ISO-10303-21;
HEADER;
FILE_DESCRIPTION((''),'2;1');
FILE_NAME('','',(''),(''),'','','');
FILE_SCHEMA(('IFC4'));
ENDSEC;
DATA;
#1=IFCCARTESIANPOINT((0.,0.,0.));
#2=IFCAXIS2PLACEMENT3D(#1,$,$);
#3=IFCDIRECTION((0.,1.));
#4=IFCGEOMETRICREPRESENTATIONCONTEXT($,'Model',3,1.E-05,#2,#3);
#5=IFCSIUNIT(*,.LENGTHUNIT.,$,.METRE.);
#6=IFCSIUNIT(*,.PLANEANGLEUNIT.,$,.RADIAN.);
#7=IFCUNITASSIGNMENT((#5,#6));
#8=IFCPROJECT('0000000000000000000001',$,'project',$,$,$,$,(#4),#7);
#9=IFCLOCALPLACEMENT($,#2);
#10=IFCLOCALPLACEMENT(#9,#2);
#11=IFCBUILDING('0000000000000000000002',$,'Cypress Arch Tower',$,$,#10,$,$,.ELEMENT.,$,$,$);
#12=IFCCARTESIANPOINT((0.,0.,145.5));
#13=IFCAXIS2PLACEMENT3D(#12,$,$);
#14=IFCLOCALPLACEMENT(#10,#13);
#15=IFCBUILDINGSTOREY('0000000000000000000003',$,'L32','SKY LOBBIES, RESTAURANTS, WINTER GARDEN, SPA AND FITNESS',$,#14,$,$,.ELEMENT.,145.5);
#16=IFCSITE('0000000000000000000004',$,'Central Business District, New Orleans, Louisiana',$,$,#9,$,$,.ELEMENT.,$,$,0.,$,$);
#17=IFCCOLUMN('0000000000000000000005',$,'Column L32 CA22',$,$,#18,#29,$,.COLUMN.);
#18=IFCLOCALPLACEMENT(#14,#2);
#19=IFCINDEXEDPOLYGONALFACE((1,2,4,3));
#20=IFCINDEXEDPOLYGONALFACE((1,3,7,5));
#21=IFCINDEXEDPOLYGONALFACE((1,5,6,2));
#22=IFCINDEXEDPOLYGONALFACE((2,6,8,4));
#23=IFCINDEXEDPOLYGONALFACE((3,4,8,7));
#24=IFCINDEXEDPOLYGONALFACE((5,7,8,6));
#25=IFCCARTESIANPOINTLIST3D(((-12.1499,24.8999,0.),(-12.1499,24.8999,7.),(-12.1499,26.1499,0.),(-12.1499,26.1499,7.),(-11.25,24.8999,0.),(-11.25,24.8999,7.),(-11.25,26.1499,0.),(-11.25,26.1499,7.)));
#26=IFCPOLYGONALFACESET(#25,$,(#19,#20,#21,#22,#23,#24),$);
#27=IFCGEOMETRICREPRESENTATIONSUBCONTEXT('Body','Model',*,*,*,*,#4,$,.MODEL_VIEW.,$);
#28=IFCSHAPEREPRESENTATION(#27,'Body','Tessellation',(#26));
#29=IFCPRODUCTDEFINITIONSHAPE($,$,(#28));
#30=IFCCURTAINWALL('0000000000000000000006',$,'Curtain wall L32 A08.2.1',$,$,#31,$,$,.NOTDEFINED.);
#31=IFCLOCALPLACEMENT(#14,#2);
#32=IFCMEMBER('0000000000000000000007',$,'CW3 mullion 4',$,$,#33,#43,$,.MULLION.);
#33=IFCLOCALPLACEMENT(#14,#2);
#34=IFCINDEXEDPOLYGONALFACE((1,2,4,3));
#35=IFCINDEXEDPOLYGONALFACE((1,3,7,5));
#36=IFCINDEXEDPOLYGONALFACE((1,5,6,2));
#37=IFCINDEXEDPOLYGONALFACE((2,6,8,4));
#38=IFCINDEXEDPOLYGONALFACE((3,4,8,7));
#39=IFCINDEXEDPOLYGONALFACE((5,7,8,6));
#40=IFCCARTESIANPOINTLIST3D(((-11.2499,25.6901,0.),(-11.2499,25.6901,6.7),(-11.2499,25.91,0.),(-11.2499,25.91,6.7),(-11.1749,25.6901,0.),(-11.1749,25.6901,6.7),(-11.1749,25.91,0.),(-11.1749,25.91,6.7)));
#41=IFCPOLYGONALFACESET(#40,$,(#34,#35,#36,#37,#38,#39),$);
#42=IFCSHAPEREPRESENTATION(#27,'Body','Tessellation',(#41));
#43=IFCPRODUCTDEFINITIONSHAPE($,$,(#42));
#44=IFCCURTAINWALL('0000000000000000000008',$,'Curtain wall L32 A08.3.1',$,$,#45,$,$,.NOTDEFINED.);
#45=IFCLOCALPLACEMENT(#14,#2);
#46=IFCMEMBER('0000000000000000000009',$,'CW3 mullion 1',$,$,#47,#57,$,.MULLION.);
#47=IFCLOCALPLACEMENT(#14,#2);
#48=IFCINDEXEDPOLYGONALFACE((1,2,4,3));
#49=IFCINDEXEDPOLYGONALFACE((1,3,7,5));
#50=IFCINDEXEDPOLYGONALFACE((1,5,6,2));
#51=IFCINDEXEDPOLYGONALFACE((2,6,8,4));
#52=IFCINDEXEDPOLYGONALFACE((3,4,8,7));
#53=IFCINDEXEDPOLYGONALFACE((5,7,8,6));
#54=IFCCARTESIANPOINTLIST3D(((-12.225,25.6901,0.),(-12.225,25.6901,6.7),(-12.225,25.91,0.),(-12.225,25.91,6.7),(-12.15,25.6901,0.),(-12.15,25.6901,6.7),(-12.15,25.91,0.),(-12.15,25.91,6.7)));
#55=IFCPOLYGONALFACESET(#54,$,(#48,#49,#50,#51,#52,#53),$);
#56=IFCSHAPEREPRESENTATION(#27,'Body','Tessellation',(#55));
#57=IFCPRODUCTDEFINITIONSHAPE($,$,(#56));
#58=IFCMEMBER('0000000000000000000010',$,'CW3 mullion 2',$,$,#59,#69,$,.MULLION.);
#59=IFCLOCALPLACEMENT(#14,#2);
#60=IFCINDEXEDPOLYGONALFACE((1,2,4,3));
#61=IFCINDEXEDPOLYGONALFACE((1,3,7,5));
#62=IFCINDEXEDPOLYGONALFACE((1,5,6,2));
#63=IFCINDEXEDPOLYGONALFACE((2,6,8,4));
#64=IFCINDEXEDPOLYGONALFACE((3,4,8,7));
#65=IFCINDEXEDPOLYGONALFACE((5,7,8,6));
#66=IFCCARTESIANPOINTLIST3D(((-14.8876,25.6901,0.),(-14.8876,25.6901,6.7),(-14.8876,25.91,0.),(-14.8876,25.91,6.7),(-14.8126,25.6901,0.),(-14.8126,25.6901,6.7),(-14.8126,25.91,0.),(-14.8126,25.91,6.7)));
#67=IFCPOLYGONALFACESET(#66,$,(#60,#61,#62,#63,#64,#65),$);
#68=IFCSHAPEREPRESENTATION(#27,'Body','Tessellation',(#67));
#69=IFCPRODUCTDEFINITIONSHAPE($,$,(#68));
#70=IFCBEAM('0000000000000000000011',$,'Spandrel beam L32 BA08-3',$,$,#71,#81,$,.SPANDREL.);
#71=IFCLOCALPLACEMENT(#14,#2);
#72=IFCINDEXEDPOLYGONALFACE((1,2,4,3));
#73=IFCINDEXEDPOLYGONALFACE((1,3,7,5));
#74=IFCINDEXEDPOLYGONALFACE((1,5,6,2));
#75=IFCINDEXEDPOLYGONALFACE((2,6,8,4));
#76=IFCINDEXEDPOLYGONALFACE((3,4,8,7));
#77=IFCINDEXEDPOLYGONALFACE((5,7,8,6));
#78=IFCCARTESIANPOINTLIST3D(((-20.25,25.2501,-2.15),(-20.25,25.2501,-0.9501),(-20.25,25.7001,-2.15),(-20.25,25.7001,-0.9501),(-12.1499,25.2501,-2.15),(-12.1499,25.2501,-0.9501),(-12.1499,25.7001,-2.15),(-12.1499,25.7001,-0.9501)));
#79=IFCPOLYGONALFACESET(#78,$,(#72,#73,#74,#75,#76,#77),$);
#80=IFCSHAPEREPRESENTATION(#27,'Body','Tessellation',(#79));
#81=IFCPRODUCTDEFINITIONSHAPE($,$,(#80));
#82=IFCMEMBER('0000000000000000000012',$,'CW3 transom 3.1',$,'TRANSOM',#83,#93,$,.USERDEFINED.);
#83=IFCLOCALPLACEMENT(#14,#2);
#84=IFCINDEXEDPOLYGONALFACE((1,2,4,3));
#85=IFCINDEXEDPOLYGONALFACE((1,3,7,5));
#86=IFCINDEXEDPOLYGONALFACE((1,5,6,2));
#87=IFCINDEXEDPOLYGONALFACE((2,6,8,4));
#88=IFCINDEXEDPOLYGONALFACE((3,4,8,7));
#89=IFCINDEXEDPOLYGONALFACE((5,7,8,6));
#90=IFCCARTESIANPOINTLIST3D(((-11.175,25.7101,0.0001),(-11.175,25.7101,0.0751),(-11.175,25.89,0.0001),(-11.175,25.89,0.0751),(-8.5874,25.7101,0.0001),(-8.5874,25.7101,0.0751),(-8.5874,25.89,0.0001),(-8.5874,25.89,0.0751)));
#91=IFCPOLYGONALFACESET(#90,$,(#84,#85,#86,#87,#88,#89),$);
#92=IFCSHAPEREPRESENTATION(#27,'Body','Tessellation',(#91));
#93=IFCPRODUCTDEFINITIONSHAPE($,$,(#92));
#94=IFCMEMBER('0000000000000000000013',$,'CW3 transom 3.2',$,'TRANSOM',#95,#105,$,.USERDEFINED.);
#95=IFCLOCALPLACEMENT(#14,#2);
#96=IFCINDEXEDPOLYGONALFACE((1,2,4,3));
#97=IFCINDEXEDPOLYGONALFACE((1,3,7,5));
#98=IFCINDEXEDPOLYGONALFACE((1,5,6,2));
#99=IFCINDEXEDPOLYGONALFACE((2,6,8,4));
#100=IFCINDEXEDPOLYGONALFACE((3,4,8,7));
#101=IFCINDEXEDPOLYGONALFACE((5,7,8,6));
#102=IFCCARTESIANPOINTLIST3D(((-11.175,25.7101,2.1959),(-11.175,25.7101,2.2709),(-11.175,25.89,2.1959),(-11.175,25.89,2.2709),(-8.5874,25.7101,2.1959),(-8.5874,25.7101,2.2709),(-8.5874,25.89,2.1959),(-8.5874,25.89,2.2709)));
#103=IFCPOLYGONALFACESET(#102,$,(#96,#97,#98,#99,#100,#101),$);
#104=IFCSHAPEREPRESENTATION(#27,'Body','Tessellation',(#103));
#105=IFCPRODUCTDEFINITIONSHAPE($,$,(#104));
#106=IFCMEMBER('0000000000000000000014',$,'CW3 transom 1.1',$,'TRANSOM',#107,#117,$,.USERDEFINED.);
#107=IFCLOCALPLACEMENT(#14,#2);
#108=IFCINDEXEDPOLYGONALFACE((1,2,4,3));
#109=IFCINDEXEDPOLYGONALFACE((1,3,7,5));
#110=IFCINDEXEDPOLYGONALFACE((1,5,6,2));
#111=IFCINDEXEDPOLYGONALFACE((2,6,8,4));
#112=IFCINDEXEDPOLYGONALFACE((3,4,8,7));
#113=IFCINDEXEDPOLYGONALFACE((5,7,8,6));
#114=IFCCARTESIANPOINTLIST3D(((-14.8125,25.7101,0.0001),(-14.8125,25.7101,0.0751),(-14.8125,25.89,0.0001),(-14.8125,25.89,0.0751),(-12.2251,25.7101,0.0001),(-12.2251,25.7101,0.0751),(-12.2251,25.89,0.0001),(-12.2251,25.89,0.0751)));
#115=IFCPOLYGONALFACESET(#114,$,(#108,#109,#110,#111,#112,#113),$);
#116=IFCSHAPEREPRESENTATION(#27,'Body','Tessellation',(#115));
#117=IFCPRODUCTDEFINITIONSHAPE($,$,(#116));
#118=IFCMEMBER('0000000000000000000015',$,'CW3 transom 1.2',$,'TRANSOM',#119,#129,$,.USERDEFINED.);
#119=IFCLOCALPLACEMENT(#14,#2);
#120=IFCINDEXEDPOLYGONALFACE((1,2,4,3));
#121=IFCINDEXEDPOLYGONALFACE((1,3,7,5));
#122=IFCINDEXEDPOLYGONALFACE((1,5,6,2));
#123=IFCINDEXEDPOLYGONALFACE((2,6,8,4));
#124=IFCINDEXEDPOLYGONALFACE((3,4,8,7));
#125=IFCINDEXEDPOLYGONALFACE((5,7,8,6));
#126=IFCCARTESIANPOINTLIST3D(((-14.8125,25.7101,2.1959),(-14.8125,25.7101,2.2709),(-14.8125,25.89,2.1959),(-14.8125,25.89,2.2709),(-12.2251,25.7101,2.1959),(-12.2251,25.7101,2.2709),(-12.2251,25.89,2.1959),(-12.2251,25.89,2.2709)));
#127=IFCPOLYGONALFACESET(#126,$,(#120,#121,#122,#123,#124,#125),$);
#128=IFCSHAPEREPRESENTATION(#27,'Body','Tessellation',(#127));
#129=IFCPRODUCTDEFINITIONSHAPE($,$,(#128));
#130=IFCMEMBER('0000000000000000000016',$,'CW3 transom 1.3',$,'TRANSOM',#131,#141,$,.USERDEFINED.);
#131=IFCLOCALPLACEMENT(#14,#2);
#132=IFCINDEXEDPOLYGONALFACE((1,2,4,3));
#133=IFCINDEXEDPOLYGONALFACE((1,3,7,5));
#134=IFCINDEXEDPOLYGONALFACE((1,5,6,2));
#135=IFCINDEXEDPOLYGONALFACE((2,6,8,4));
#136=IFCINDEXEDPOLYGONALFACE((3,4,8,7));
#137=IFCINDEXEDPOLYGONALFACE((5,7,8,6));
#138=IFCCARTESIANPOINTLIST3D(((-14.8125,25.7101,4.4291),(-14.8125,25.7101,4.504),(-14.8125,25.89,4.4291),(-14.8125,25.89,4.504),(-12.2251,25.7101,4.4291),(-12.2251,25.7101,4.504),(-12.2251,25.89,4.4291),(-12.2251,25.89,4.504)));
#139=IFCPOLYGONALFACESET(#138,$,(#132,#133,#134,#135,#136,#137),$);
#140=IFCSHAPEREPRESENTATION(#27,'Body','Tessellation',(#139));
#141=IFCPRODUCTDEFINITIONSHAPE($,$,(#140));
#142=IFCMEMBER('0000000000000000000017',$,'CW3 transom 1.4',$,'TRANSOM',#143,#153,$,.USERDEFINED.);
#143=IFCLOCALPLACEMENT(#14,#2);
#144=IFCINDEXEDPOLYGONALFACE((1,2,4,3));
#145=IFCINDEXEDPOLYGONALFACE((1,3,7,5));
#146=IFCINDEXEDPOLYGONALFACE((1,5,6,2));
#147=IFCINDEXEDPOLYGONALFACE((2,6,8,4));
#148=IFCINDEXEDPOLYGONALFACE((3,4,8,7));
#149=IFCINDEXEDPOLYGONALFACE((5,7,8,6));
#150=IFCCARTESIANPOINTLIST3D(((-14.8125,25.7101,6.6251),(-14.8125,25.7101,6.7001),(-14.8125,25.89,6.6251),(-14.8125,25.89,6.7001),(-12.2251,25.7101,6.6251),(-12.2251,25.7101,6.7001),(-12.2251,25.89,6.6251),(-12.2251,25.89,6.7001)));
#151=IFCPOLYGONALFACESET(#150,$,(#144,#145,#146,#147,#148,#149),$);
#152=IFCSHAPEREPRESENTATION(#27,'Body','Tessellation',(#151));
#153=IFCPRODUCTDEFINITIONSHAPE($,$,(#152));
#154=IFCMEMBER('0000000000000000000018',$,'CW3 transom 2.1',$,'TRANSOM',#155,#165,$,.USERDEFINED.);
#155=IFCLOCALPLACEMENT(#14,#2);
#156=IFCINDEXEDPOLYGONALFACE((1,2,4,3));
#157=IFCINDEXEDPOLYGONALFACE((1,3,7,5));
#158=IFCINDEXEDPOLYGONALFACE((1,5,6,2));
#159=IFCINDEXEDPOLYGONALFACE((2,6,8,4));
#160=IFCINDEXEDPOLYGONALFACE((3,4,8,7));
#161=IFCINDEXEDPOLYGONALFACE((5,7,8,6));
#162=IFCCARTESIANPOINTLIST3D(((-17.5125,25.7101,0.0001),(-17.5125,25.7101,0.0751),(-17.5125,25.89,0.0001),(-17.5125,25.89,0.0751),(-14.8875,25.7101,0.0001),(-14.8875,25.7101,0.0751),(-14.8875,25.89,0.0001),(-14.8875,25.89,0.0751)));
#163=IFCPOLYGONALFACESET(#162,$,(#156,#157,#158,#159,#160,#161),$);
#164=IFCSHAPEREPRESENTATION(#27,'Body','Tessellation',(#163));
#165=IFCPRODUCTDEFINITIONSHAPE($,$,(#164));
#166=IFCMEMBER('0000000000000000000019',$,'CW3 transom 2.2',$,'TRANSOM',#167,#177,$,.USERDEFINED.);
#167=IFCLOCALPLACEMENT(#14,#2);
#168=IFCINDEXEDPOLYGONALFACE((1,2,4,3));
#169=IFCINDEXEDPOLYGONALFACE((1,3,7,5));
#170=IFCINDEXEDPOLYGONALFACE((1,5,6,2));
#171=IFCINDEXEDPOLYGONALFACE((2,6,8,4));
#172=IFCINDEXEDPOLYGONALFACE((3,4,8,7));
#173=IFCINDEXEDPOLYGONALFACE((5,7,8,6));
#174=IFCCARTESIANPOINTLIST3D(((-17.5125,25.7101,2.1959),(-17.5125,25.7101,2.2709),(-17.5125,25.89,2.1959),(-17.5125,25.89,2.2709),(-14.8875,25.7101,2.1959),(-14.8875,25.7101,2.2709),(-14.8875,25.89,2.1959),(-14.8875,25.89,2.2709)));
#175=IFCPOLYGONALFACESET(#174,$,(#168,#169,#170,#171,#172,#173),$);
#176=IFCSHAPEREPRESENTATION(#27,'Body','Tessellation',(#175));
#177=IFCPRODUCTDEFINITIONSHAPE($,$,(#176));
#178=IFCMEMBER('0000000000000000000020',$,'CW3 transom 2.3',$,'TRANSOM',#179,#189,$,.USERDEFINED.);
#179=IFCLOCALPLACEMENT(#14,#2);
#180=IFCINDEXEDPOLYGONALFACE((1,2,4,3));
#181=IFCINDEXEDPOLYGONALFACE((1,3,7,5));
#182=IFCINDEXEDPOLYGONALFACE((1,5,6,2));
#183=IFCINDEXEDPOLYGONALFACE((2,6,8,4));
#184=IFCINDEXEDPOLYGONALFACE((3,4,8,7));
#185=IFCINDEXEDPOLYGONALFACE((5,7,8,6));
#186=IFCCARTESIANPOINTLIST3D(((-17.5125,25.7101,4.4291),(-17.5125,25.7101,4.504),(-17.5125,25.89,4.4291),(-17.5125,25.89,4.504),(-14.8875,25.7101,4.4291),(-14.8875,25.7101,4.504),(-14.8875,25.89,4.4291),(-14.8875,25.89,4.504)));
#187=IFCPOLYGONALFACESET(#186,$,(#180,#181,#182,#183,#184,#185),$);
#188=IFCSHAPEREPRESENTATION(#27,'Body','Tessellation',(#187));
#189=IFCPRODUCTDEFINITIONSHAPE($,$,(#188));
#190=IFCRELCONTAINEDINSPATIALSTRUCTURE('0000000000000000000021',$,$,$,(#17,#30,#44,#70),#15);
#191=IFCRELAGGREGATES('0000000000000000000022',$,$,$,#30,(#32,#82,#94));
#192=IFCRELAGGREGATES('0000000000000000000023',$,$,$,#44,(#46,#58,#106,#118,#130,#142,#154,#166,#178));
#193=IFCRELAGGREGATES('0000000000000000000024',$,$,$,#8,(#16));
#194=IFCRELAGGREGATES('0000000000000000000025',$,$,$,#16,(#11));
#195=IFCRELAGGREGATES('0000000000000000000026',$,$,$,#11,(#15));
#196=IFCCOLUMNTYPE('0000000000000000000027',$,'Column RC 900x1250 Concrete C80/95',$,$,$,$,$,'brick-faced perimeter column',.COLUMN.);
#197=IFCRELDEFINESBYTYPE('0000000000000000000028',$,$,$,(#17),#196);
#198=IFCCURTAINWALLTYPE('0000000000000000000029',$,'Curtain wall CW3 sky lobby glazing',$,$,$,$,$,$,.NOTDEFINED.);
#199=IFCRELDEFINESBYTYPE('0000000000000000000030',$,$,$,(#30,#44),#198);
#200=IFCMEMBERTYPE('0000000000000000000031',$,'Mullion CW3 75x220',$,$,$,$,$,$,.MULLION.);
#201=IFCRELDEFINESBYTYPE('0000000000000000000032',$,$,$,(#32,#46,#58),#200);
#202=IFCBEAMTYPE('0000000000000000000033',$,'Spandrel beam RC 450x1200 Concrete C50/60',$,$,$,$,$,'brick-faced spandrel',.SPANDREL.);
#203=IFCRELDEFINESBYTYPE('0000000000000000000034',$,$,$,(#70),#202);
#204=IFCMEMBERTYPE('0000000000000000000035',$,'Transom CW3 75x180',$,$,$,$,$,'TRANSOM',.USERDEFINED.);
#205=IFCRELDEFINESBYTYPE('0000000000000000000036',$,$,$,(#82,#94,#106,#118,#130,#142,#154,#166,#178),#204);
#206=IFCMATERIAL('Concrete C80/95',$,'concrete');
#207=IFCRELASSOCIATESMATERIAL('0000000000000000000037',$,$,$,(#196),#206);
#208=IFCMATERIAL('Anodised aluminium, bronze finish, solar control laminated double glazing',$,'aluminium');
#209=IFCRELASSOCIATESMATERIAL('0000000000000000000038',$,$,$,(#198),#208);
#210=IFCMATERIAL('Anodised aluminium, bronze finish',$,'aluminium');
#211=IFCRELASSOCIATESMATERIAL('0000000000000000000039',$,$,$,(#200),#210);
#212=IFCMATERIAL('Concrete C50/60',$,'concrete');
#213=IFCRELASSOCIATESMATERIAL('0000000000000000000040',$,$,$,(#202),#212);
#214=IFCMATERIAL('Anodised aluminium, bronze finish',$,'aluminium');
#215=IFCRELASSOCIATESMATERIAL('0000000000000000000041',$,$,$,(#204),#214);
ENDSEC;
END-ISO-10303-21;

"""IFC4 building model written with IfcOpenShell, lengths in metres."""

from ifc_helpers import new_model, si_unit, direction, frame, origin, origin_2d, place, context, subcontext, project, spatial, rectangle, extrude, material, material_profile, profile_set, type_object, element, aggregate, save


model = new_model("IFC4")

# Units and contexts
model_context = context("Model", 3, precision=1e-05, world=origin(), true_north=direction((0.0, 1.0)))
body_context = subcontext(model_context, "Body", "Model", "MODEL_VIEW")
ifc_project = project(units=[si_unit("LENGTHUNIT", "METRE"), si_unit("PLANEANGLEUNIT", "RADIAN")], contexts=[model_context])

# Site, building, storey
site_placement = place(None, origin())
site = spatial("IfcSite", under=ifc_project, at=site_placement, Name="Central Business District, New Orleans, Louisiana", CompositionType="ELEMENT", RefElevation=0.0)
building_placement = place(site_placement, origin())
building = spatial("IfcBuilding", under=site, at=building_placement, Name="Cypress Arch Tower", CompositionType="ELEMENT")
storey_placement = place(building_placement, frame((0.0, 0.0, 145.5)))
storey = spatial("IfcBuildingStorey", under=building, at=storey_placement, Name="L32", Description="SKY LOBBIES, RESTAURANTS, WINTER GARDEN, SPA AND FITNESS", CompositionType="ELEMENT", Elevation=145.5)

# Column
ifc_material_1 = material(Name="Concrete C80/95", Category="concrete")
ifc_material_profile_1 = material_profile(ifc_material_1, rectangle(XDim=0.8999, YDim=1.25, at=origin_2d()), Name="RC 900x1250")
ifc_profile_set_1 = profile_set([ifc_material_profile_1], Name="Concrete C80/95")
column_type = type_object("IfcColumnType", Name="Column RC 900x1250 Concrete C80/95", ElementType="brick-faced perimeter column", PredefinedType="COLUMN", material=ifc_profile_set_1)
column_placement = place(storey_placement, frame((-11.7, 25.5249, 0.0), z_axis=(0.0, 0.0, 1.0), x_axis=(-1.0, 0.0, 0.0)))
element("IfcColumn", 1, at=column_placement, inside=storey, type_object=column_type, Name="Column L32 CA22", PredefinedType="COLUMN", context=body_context, shape_type="SweptSolid", body=[
    extrude(rectangle(XDim=0.8999, YDim=1.25, at=origin_2d()), origin(), (0.0, 0.0, 1.0), 7.0),
])

# Curtain wall, member
ifc_material_2 = material(Name="Anodised aluminium, bronze finish, solar control laminated double glazing", Category="aluminium")
curtain_wall_type = type_object("IfcCurtainWallType", Name="Curtain wall CW3 sky lobby glazing", PredefinedType="NOTDEFINED", material=ifc_material_2)
curtain_wall_1_placement = place(storey_placement, origin())
curtain_wall_1 = element("IfcCurtainWall", 2, at=curtain_wall_1_placement, inside=storey, type_object=curtain_wall_type, Name="Curtain wall L32 A08.2.1", PredefinedType="NOTDEFINED")
ifc_material_3 = material(Name="Anodised aluminium, bronze finish", Category="aluminium")
ifc_material_profile_2 = material_profile(ifc_material_3, rectangle(XDim=0.22, YDim=0.075, at=origin_2d()), Name="Mullion 75x220")
ifc_profile_set_2 = profile_set([ifc_material_profile_2], Name="Anodised aluminium, bronze finish")
member_type_1 = type_object("IfcMemberType", Name="Mullion CW3 75x220", PredefinedType="MULLION", material=ifc_profile_set_2)
member_1_placement = place(storey_placement, frame((-11.2124, 25.8, 0.0), z_axis=(0.0, 0.0, 1.0), x_axis=(0.0, -1.0, 0.0)))
member_1 = element("IfcMember", 3, at=member_1_placement, type_object=member_type_1, Name="CW3 mullion 4", PredefinedType="MULLION", context=body_context, shape_type="SweptSolid", body=[
    extrude(rectangle(XDim=0.22, YDim=0.075, at=origin_2d()), origin(), (0.0, 0.0, 1.0), 6.7),
])

# Curtain wall, members
curtain_wall_2_placement = place(storey_placement, origin())
curtain_wall_2 = element("IfcCurtainWall", 4, at=curtain_wall_2_placement, inside=storey, type_object=curtain_wall_type, Name="Curtain wall L32 A08.3.1", PredefinedType="NOTDEFINED")
member_2_placement = place(storey_placement, frame((-12.1875, 25.8, 0.0), z_axis=(0.0, 0.0, 1.0), x_axis=(0.0, -1.0, 0.0)))
member_2 = element("IfcMember", 5, at=member_2_placement, type_object=member_type_1, Name="CW3 mullion 1", PredefinedType="MULLION", context=body_context, shape_type="SweptSolid", body=[
    extrude(rectangle(XDim=0.22, YDim=0.075, at=origin_2d()), origin(), (0.0, 0.0, 1.0), 6.7),
])
member_3_placement = place(storey_placement, frame((-14.8501, 25.8, 0.0), z_axis=(0.0, 0.0, 1.0), x_axis=(0.0, -1.0, 0.0)))
member_3 = element("IfcMember", 6, at=member_3_placement, type_object=member_type_1, Name="CW3 mullion 2", PredefinedType="MULLION", context=body_context, shape_type="SweptSolid", body=[
    extrude(rectangle(XDim=0.22, YDim=0.075, at=origin_2d()), origin(), (0.0, 0.0, 1.0), 6.7),
])

# Beam
ifc_material_4 = material(Name="Concrete C50/60", Category="concrete")
ifc_material_profile_3 = material_profile(ifc_material_4, rectangle(XDim=0.45, YDim=1.2, at=origin_2d()), Name="RC 450x1200")
ifc_profile_set_3 = profile_set([ifc_material_profile_3], Name="Concrete C50/60")
beam_type = type_object("IfcBeamType", Name="Spandrel beam RC 450x1200 Concrete C50/60", ElementType="brick-faced spandrel", PredefinedType="SPANDREL", material=ifc_profile_set_3)
beam_placement = place(storey_placement, frame((-12.1499, 25.4751, -1.55), z_axis=(-1.0, 0.0, 0.0), x_axis=(0.0, -1.0, 0.0)))
element("IfcBeam", 7, at=beam_placement, inside=storey, type_object=beam_type, Name="Spandrel beam L32 BA08-3", PredefinedType="SPANDREL", context=body_context, shape_type="SweptSolid", body=[
    extrude(rectangle(XDim=0.45, YDim=1.2, at=origin_2d()), origin(), (0.0, 0.0, 1.0), 8.1001),
])

# Members
ifc_material_5 = material(Name="Anodised aluminium, bronze finish", Category="aluminium")
ifc_material_profile_4 = material_profile(ifc_material_5, rectangle(XDim=0.1799, YDim=0.075, at=origin_2d()), Name="Transom 75x180")
ifc_profile_set_4 = profile_set([ifc_material_profile_4], Name="Anodised aluminium, bronze finish")
member_type_2 = type_object("IfcMemberType", Name="Transom CW3 75x180", ElementType="TRANSOM", PredefinedType="USERDEFINED", material=ifc_profile_set_4)
member_4_placement = place(storey_placement, frame((-8.5874, 25.8, 0.0376), z_axis=(-1.0, 0.0, 0.0), x_axis=(0.0, -1.0, 0.0)))
member_4 = element("IfcMember", 8, at=member_4_placement, type_object=member_type_2, Name="CW3 transom 3.1", ObjectType="TRANSOM", PredefinedType="USERDEFINED", context=body_context, shape_type="SweptSolid", body=[
    extrude(rectangle(XDim=0.1799, YDim=0.075, at=origin_2d()), origin(), (0.0, 0.0, 1.0), 2.5876),
])
member_5_placement = place(storey_placement, frame((-8.5874, 25.8, 2.2334), z_axis=(-1.0, 0.0, 0.0), x_axis=(0.0, -1.0, 0.0)))
member_5 = element("IfcMember", 9, at=member_5_placement, type_object=member_type_2, Name="CW3 transom 3.2", ObjectType="TRANSOM", PredefinedType="USERDEFINED", context=body_context, shape_type="SweptSolid", body=[
    extrude(rectangle(XDim=0.1799, YDim=0.075, at=origin_2d()), origin(), (0.0, 0.0, 1.0), 2.5876),
])
member_6_placement = place(storey_placement, frame((-12.2251, 25.8, 0.0376), z_axis=(-1.0, 0.0, 0.0), x_axis=(0.0, -1.0, 0.0)))
member_6 = element("IfcMember", 10, at=member_6_placement, type_object=member_type_2, Name="CW3 transom 1.1", ObjectType="TRANSOM", PredefinedType="USERDEFINED", context=body_context, shape_type="SweptSolid", body=[
    extrude(rectangle(XDim=0.1799, YDim=0.075, at=origin_2d()), origin(), (0.0, 0.0, 1.0), 2.5874),
])
member_7_placement = place(storey_placement, frame((-12.2251, 25.8, 2.2334), z_axis=(-1.0, 0.0, 0.0), x_axis=(0.0, -1.0, 0.0)))
member_7 = element("IfcMember", 11, at=member_7_placement, type_object=member_type_2, Name="CW3 transom 1.2", ObjectType="TRANSOM", PredefinedType="USERDEFINED", context=body_context, shape_type="SweptSolid", body=[
    extrude(rectangle(XDim=0.1799, YDim=0.075, at=origin_2d()), origin(), (0.0, 0.0, 1.0), 2.5874),
])
member_8_placement = place(storey_placement, frame((-12.2251, 25.8, 4.4666), z_axis=(-1.0, 0.0, 0.0), x_axis=(0.0, -1.0, 0.0)))
member_8 = element("IfcMember", 12, at=member_8_placement, type_object=member_type_2, Name="CW3 transom 1.3", ObjectType="TRANSOM", PredefinedType="USERDEFINED", context=body_context, shape_type="SweptSolid", body=[
    extrude(rectangle(XDim=0.1799, YDim=0.075, at=origin_2d()), origin(), (0.0, 0.0, 1.0), 2.5874),
])
member_9_placement = place(storey_placement, frame((-12.2251, 25.8, 6.6626), z_axis=(-1.0, 0.0, 0.0), x_axis=(0.0, -1.0, 0.0)))
member_9 = element("IfcMember", 13, at=member_9_placement, type_object=member_type_2, Name="CW3 transom 1.4", ObjectType="TRANSOM", PredefinedType="USERDEFINED", context=body_context, shape_type="SweptSolid", body=[
    extrude(rectangle(XDim=0.1799, YDim=0.075, at=origin_2d()), origin(), (0.0, 0.0, 1.0), 2.5874),
])
member_10_placement = place(storey_placement, frame((-14.8875, 25.8, 0.0376), z_axis=(-1.0, 0.0, 0.0), x_axis=(0.0, -1.0, 0.0)))
member_10 = element("IfcMember", 14, at=member_10_placement, type_object=member_type_2, Name="CW3 transom 2.1", ObjectType="TRANSOM", PredefinedType="USERDEFINED", context=body_context, shape_type="SweptSolid", body=[
    extrude(rectangle(XDim=0.1799, YDim=0.075, at=origin_2d()), origin(), (0.0, 0.0, 1.0), 2.625),
])
member_11_placement = place(storey_placement, frame((-14.8875, 25.8, 2.2334), z_axis=(-1.0, 0.0, 0.0), x_axis=(0.0, -1.0, 0.0)))
member_11 = element("IfcMember", 15, at=member_11_placement, type_object=member_type_2, Name="CW3 transom 2.2", ObjectType="TRANSOM", PredefinedType="USERDEFINED", context=body_context, shape_type="SweptSolid", body=[
    extrude(rectangle(XDim=0.1799, YDim=0.075, at=origin_2d()), origin(), (0.0, 0.0, 1.0), 2.625),
])
member_12_placement = place(storey_placement, frame((-14.8875, 25.8, 4.4666), z_axis=(-1.0, 0.0, 0.0), x_axis=(0.0, -1.0, 0.0)))
member_12 = element("IfcMember", 16, at=member_12_placement, type_object=member_type_2, Name="CW3 transom 2.3", ObjectType="TRANSOM", PredefinedType="USERDEFINED", context=body_context, shape_type="SweptSolid", body=[
    extrude(rectangle(XDim=0.1799, YDim=0.075, at=origin_2d()), origin(), (0.0, 0.0, 1.0), 2.625),
])

aggregate(curtain_wall_1, [member_1, member_4, member_5])
aggregate(curtain_wall_2, [member_2, member_3, member_6, member_7, member_8, member_9, member_10, member_11, member_12])

save(model, "model.ifc")
